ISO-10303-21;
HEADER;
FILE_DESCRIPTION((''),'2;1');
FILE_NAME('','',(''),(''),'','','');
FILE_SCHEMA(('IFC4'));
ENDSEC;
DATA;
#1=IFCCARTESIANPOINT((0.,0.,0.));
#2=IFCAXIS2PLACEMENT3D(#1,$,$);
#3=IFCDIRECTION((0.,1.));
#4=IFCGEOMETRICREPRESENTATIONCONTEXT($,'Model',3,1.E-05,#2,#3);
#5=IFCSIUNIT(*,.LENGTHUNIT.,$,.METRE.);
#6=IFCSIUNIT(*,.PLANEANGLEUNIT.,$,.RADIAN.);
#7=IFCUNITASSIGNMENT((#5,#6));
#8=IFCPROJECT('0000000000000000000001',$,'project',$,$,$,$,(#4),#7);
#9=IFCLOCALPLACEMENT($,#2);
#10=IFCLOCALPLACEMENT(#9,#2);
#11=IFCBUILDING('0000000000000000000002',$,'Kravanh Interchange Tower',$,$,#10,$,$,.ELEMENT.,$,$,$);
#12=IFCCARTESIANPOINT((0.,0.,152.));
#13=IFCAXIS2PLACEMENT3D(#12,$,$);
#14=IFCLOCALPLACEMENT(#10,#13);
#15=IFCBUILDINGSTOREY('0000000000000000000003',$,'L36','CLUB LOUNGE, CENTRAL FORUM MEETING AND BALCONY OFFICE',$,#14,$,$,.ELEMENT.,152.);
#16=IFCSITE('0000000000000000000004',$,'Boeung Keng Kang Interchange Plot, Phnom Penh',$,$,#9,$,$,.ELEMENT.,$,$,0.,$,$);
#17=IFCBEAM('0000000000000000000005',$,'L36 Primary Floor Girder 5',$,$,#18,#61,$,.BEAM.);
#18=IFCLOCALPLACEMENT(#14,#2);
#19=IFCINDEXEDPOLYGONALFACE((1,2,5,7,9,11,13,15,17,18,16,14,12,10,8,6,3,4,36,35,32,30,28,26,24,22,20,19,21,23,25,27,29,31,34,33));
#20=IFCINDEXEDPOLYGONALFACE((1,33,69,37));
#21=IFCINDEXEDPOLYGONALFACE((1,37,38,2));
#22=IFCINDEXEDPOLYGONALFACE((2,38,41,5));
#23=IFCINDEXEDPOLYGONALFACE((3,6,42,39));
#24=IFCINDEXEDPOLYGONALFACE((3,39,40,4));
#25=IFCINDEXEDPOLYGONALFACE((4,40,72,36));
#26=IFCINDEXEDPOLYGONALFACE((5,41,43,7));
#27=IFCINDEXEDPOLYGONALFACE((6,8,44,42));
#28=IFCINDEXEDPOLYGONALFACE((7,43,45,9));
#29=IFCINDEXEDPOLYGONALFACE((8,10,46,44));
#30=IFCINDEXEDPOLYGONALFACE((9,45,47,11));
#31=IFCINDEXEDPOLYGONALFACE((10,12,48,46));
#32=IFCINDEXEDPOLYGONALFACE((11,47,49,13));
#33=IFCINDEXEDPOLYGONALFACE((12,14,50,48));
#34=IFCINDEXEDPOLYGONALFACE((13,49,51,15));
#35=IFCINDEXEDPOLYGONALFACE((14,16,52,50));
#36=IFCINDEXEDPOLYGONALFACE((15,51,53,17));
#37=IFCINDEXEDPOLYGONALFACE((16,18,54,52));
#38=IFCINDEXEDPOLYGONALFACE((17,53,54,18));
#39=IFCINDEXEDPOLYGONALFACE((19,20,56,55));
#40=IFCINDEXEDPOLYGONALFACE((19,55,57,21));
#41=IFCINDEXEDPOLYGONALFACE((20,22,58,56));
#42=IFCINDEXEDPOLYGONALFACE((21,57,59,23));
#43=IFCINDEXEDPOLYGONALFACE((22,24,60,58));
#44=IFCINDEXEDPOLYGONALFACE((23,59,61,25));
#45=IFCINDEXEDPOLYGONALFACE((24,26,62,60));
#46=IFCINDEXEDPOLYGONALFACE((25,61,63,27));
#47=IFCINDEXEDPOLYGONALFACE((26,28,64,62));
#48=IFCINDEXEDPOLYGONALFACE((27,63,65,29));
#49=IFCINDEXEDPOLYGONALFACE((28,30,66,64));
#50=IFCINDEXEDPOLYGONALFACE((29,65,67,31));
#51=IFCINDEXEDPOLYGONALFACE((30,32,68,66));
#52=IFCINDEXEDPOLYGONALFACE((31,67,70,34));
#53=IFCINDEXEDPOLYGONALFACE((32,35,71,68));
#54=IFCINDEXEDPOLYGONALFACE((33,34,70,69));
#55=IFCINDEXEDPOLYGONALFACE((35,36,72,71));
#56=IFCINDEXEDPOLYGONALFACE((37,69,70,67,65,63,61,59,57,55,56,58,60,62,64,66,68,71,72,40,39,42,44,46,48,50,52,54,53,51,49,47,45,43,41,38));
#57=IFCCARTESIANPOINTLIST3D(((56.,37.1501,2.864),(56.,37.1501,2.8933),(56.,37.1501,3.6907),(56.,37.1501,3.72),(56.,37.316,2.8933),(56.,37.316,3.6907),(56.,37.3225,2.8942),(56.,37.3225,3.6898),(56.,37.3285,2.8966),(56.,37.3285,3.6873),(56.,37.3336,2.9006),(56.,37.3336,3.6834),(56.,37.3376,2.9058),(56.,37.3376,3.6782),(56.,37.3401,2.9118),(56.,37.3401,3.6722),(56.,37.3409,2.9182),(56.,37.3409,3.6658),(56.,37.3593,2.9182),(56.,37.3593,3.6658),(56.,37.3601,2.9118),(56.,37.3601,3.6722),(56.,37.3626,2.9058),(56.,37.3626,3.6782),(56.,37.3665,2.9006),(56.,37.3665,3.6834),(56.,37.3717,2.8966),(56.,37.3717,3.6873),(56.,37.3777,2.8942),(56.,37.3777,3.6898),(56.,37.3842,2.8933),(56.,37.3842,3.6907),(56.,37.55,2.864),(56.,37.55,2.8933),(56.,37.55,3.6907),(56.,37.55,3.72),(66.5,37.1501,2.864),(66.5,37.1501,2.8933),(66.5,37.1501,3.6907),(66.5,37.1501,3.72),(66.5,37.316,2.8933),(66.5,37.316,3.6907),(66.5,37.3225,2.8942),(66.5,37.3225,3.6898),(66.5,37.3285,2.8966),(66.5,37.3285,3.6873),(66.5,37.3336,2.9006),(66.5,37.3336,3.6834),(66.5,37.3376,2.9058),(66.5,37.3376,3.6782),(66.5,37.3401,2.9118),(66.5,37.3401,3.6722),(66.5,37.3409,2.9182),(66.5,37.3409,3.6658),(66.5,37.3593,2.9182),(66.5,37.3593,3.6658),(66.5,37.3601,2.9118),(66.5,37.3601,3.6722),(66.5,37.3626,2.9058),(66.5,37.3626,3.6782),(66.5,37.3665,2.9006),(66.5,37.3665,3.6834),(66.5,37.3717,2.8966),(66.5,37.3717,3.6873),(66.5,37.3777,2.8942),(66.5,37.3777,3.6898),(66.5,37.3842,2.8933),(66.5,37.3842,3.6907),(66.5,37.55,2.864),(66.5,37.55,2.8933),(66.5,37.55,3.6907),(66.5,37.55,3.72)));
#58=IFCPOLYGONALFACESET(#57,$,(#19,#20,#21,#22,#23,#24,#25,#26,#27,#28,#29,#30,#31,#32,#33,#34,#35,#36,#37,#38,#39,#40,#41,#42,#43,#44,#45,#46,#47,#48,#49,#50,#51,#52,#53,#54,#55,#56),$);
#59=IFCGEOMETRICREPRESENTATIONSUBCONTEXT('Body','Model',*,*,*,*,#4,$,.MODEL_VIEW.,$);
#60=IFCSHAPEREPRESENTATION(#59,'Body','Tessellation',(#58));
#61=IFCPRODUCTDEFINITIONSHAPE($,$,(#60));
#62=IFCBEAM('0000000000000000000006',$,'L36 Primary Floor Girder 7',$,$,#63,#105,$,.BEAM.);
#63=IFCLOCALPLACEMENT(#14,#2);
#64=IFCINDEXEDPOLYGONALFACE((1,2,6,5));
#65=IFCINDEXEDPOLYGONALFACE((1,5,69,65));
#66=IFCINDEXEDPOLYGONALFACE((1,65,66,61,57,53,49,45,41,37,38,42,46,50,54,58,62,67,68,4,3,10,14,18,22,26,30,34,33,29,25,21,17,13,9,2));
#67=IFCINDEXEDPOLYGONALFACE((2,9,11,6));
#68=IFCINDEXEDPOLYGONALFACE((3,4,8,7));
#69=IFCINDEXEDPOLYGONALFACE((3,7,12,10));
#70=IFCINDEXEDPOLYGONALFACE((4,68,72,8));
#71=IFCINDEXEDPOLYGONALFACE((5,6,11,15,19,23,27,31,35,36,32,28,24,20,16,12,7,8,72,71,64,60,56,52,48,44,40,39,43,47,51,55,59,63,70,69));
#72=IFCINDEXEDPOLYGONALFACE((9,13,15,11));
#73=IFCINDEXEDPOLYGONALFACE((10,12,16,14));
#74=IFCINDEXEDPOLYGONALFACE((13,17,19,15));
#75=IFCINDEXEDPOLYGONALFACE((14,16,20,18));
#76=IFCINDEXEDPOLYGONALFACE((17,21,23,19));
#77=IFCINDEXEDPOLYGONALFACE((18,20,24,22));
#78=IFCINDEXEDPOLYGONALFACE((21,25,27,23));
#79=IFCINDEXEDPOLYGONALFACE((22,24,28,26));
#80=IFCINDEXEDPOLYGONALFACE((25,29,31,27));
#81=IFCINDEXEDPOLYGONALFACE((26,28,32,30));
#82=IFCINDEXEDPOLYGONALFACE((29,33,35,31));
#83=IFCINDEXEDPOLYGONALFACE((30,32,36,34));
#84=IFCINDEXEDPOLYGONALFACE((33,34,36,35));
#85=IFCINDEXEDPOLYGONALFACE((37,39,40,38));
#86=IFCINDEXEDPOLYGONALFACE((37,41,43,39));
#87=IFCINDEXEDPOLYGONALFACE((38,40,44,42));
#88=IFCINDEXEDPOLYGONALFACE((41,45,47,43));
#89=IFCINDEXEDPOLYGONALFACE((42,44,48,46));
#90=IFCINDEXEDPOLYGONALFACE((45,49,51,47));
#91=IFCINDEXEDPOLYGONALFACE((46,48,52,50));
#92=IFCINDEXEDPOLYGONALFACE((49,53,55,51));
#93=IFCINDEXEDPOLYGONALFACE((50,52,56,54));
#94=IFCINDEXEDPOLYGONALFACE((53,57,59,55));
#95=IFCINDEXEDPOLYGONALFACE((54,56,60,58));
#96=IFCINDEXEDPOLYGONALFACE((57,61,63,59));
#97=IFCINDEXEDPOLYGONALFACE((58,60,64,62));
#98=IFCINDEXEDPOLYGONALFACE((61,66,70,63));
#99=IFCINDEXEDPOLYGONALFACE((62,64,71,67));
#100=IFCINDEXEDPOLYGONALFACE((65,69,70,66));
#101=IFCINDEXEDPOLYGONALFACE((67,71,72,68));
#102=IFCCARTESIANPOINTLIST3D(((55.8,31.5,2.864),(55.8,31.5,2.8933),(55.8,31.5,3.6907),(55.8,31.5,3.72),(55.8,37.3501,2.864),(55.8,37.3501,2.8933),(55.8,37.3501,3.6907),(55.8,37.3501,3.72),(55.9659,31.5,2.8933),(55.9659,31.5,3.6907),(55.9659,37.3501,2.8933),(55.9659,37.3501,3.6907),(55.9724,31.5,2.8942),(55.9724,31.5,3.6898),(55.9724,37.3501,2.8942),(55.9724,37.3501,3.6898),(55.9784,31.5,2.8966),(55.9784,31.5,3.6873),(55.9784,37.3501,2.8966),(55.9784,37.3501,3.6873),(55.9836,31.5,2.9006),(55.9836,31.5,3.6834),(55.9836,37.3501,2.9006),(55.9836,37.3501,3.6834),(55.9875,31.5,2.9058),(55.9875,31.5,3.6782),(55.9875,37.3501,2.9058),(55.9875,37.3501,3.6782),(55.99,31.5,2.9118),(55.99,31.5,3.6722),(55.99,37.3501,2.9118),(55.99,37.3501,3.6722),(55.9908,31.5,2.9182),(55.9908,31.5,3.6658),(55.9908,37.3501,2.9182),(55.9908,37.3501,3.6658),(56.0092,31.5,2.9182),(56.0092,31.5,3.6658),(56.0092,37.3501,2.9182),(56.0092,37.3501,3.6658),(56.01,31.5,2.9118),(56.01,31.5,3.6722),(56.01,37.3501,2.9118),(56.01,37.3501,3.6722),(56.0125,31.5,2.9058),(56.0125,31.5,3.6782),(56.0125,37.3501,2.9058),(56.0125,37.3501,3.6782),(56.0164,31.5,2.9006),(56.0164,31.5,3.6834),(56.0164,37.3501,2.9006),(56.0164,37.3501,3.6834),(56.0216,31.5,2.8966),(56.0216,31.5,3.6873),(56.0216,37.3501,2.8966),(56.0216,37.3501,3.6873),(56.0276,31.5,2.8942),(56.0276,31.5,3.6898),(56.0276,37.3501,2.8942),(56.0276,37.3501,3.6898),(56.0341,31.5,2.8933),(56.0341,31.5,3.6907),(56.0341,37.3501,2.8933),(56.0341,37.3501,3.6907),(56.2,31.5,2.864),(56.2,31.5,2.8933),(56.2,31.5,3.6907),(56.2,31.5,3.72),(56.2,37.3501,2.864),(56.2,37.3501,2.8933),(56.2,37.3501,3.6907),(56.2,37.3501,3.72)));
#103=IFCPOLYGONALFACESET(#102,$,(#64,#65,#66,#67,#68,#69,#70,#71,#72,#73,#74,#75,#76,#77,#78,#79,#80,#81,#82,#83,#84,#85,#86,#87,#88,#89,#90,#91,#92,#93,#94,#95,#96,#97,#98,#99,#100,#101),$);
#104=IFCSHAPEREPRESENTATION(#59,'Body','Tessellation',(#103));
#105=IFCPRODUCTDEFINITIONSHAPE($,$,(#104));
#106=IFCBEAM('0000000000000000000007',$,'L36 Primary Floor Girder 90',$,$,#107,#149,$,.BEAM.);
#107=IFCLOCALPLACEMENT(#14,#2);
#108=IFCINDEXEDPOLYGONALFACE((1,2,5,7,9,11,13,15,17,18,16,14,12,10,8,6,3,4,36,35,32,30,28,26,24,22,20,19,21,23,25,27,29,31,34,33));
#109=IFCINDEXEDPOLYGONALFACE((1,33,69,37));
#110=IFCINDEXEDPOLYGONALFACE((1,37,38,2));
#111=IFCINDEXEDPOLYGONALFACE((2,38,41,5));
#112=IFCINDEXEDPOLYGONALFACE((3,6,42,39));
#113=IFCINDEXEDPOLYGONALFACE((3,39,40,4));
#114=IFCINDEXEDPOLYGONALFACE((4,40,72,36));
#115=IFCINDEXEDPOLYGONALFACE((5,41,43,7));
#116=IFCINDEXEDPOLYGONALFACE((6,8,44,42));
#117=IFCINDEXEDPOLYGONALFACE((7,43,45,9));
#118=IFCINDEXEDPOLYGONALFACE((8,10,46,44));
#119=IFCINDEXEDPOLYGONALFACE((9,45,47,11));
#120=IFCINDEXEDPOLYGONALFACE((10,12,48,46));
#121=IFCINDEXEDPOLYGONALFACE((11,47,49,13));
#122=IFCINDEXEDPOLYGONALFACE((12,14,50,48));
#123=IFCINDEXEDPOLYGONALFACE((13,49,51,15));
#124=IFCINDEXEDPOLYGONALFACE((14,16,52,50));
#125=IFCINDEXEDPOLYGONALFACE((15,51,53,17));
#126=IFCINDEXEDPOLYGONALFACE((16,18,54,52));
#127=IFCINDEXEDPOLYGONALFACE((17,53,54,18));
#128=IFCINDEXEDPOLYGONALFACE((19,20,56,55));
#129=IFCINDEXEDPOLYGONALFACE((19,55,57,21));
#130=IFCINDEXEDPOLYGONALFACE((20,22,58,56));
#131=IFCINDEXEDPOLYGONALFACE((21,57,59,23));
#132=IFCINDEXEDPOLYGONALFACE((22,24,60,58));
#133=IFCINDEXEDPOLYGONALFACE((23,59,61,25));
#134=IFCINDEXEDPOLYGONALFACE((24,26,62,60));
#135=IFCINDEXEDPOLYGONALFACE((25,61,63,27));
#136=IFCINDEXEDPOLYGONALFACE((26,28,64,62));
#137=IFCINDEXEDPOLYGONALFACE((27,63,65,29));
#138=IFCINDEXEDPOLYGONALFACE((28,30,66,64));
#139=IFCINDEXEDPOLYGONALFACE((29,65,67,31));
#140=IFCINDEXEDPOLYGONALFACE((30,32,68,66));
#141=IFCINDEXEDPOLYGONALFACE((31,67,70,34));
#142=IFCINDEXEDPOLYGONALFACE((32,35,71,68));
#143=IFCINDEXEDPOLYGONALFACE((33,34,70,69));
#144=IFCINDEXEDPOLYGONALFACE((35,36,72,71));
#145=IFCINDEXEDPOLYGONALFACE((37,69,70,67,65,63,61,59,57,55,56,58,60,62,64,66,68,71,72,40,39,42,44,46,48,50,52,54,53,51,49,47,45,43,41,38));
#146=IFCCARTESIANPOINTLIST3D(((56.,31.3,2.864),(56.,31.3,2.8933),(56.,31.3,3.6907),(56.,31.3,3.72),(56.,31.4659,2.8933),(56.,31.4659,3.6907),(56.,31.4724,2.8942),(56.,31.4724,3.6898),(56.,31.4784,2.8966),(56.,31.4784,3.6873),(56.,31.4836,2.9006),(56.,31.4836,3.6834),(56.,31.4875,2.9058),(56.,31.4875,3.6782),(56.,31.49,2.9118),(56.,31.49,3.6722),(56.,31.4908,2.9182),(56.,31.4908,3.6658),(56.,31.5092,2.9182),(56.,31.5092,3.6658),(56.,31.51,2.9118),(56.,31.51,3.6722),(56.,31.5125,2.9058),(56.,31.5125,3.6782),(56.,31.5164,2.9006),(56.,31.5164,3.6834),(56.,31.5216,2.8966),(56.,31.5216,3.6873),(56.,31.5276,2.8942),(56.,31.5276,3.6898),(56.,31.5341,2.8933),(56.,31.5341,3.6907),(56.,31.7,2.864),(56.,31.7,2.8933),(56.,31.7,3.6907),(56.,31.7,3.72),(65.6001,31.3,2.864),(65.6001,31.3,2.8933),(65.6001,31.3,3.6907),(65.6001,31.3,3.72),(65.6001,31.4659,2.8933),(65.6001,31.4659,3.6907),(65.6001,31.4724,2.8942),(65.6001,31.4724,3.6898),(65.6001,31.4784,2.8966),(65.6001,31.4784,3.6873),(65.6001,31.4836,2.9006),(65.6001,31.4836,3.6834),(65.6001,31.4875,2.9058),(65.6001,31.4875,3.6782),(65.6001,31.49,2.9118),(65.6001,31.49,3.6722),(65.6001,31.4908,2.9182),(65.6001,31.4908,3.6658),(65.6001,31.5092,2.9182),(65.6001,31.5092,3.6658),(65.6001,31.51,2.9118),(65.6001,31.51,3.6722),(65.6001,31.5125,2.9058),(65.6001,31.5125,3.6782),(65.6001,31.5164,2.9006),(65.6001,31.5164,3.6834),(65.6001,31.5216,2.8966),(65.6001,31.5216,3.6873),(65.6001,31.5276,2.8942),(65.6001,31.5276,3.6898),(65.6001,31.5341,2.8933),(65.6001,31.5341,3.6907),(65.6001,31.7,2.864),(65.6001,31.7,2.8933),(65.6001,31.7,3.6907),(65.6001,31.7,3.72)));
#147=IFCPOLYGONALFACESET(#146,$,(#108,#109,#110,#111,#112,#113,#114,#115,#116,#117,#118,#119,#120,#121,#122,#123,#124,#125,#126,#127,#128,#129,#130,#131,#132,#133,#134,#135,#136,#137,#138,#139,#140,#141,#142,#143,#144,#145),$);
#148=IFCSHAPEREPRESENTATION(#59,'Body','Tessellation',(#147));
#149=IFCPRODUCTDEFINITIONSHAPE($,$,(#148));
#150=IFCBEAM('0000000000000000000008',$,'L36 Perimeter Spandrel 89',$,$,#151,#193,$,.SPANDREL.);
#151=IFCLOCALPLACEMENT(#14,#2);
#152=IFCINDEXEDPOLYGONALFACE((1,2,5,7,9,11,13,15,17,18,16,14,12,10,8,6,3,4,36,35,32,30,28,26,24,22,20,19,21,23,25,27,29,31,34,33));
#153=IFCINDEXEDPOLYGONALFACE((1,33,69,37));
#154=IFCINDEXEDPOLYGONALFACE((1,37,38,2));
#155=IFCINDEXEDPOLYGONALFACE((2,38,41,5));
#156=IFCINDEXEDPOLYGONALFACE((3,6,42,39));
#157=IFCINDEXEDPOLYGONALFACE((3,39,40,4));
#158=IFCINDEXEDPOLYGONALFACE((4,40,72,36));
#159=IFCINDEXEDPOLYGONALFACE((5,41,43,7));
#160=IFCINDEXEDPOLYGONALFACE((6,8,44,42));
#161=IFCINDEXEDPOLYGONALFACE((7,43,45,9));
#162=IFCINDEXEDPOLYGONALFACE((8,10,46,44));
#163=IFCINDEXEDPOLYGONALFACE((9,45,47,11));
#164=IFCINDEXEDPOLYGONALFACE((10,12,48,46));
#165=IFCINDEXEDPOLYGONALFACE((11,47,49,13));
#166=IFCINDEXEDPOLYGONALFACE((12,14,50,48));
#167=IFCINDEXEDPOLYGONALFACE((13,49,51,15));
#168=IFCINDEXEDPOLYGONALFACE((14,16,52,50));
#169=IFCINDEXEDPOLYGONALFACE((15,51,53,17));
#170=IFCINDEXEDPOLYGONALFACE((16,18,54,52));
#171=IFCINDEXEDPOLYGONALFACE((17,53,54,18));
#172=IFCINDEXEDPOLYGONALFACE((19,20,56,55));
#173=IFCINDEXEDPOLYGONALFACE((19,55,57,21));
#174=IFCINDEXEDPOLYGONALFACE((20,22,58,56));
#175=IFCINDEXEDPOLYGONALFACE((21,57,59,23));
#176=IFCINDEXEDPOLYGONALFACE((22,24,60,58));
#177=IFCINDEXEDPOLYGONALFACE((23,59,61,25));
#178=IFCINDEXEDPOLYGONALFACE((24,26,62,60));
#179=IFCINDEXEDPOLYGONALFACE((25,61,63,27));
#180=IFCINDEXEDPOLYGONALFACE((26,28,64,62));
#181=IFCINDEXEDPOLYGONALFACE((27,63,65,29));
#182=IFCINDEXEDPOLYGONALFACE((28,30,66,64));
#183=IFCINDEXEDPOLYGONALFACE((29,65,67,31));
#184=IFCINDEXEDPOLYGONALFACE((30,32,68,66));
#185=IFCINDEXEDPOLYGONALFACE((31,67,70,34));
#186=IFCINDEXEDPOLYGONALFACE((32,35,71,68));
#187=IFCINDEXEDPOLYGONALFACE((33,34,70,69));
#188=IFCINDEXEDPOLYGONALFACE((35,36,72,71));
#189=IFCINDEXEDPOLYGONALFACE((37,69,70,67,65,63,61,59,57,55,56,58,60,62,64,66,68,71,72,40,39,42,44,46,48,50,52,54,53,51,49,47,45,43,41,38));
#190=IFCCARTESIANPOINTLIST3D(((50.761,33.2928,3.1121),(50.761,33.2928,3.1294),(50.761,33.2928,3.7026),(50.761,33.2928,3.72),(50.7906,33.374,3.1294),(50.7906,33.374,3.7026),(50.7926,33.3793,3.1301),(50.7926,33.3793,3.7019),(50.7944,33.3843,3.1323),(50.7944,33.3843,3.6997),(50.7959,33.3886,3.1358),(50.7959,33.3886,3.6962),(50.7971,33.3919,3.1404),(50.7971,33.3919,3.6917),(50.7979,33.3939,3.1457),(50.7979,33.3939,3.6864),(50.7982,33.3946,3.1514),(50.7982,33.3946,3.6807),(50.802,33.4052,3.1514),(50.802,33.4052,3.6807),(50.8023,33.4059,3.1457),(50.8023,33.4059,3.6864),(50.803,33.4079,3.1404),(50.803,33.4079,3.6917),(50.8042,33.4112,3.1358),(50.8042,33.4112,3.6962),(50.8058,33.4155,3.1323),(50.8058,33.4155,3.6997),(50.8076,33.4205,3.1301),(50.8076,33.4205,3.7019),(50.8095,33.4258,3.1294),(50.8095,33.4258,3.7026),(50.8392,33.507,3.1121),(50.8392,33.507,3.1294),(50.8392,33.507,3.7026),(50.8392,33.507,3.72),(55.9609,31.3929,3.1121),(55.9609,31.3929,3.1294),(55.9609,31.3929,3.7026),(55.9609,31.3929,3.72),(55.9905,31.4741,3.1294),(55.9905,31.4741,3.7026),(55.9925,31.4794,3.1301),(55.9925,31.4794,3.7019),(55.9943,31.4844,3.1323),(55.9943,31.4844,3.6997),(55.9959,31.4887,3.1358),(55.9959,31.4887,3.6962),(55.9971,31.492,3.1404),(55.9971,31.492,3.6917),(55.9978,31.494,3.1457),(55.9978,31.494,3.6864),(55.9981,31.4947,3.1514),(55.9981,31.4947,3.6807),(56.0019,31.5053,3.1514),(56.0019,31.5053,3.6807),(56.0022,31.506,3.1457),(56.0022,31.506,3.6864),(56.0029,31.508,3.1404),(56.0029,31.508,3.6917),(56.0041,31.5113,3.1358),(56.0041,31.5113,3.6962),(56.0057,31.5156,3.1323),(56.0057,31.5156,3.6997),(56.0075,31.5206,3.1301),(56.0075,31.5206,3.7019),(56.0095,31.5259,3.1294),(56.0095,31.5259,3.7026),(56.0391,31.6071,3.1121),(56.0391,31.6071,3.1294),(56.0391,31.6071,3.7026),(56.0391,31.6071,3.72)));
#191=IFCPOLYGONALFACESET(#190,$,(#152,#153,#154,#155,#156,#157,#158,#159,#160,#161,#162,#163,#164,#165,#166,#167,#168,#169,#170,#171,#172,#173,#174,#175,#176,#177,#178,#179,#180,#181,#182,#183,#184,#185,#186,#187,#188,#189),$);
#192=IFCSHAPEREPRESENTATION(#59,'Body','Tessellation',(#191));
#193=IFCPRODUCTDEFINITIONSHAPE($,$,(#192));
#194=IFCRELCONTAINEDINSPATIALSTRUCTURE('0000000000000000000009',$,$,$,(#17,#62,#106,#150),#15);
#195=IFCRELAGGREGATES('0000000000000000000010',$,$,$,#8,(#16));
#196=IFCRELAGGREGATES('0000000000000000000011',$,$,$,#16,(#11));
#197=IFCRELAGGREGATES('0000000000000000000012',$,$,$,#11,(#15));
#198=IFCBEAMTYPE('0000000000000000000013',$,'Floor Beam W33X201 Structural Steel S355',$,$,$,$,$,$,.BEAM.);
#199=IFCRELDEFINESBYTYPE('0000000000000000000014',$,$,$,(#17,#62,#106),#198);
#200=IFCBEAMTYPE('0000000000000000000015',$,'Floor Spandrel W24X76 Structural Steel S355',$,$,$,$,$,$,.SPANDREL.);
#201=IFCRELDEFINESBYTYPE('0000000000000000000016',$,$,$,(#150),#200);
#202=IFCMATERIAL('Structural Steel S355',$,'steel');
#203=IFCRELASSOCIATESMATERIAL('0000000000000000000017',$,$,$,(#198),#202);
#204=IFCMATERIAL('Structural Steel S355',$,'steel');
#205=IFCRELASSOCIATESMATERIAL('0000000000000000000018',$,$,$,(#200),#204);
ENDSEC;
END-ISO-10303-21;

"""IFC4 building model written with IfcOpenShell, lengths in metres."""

from ifc_helpers import new_model, si_unit, direction, frame, origin, origin_2d, place, context, subcontext, project, spatial, i_section, extrude, material, material_profile, profile_set, type_object, element, save


model = new_model("IFC4")

# Units and contexts
model_context = context("Model", 3, precision=1e-05, world=origin(), true_north=direction((0.0, 1.0)))
body_context = subcontext(model_context, "Body", "Model", "MODEL_VIEW")
ifc_project = project(units=[si_unit("LENGTHUNIT", "METRE"), si_unit("PLANEANGLEUNIT", "RADIAN")], contexts=[model_context])

# Site, building, storey
site_placement = place(None, origin())
site = spatial("IfcSite", under=ifc_project, at=site_placement, Name="Boeung Keng Kang Interchange Plot, Phnom Penh", CompositionType="ELEMENT", RefElevation=0.0)
building_placement = place(site_placement, origin())
building = spatial("IfcBuilding", under=site, at=building_placement, Name="Kravanh Interchange Tower", CompositionType="ELEMENT")
storey_placement = place(building_placement, frame((0.0, 0.0, 152.0)))
storey = spatial("IfcBuildingStorey", under=building, at=storey_placement, Name="L36", Description="CLUB LOUNGE, CENTRAL FORUM MEETING AND BALCONY OFFICE", CompositionType="ELEMENT", Elevation=152.0)

# Beams
ifc_material_1 = material(Name="Structural Steel S355", Category="steel")
ifc_material_profile_1 = material_profile(ifc_material_1, i_section(OverallWidth=0.3999, OverallDepth=0.856, WebThickness=0.0183, FlangeThickness=0.0293, FilletRadius=0.0249, at=origin_2d()), Name="W33X201")
ifc_profile_set_1 = profile_set([ifc_material_profile_1], Name="Structural Steel S355")
beam_type_1 = type_object("IfcBeamType", Name="Floor Beam W33X201 Structural Steel S355", PredefinedType="BEAM", material=ifc_profile_set_1)
beam_1_placement = place(storey_placement, frame((66.5, 37.3501, 3.292), z_axis=(-1.0, 0.0, 0.0), x_axis=(0.0, -1.0, 0.0)))
element("IfcBeam", 1, at=beam_1_placement, inside=storey, type_object=beam_type_1, Name="L36 Primary Floor Girder 5", PredefinedType="BEAM", context=body_context, shape_type="SweptSolid", body=[
    extrude(i_section(OverallWidth=0.3999, OverallDepth=0.856, WebThickness=0.0183, FlangeThickness=0.0293, FilletRadius=0.0249, at=origin_2d()), origin(), (0.0, 0.0, 1.0), 10.5),
])
beam_2_placement = place(storey_placement, frame((56.0, 37.3501, 3.292), z_axis=(0.0, -1.0, 0.0), x_axis=(1.0, 0.0, 0.0)))
element("IfcBeam", 2, at=beam_2_placement, inside=storey, type_object=beam_type_1, Name="L36 Primary Floor Girder 7", PredefinedType="BEAM", context=body_context, shape_type="SweptSolid", body=[
    extrude(i_section(OverallWidth=0.3999, OverallDepth=0.856, WebThickness=0.0183, FlangeThickness=0.0293, FilletRadius=0.0249, at=origin_2d()), origin(), (0.0, 0.0, 1.0), 5.8501),
])
beam_3_placement = place(storey_placement, frame((56.0, 31.5, 3.292), z_axis=(1.0, 0.0, 0.0), x_axis=(0.0, 1.0, 0.0)))
element("IfcBeam", 3, at=beam_3_placement, inside=storey, type_object=beam_type_1, Name="L36 Primary Floor Girder 90", PredefinedType="BEAM", context=body_context, shape_type="SweptSolid", body=[
    extrude(i_section(OverallWidth=0.3999, OverallDepth=0.856, WebThickness=0.0183, FlangeThickness=0.0293, FilletRadius=0.0249, at=origin_2d()), origin(), (0.0, 0.0, 1.0), 9.6001),
])
ifc_material_2 = material(Name="Structural Steel S355", Category="steel")
ifc_material_profile_2 = material_profile(ifc_material_2, i_section(OverallWidth=0.228, OverallDepth=0.6079, WebThickness=0.0112, FlangeThickness=0.0173, FilletRadius=0.022, at=origin_2d()), Name="W24X76")
ifc_profile_set_2 = profile_set([ifc_material_profile_2], Name="Structural Steel S355")
beam_type_2 = type_object("IfcBeamType", Name="Floor Spandrel W24X76 Structural Steel S355", PredefinedType="SPANDREL", material=ifc_profile_set_2)
beam_4_placement = place(storey_placement, frame((56.0, 31.5, 3.416), z_axis=(-0.93927, 0.34318, 0.0), x_axis=(-0.34318, -0.93927, 0.0)))
element("IfcBeam", 4, at=beam_4_placement, inside=storey, type_object=beam_type_2, Name="L36 Perimeter Spandrel 89", PredefinedType="SPANDREL", context=body_context, shape_type="SweptSolid", body=[
    extrude(i_section(OverallWidth=0.228, OverallDepth=0.6079, WebThickness=0.0112, FlangeThickness=0.0173, FilletRadius=0.022, at=origin_2d()), origin(), (0.0, 0.0, 1.0), 5.5361),
])

save(model, "model.ifc")
